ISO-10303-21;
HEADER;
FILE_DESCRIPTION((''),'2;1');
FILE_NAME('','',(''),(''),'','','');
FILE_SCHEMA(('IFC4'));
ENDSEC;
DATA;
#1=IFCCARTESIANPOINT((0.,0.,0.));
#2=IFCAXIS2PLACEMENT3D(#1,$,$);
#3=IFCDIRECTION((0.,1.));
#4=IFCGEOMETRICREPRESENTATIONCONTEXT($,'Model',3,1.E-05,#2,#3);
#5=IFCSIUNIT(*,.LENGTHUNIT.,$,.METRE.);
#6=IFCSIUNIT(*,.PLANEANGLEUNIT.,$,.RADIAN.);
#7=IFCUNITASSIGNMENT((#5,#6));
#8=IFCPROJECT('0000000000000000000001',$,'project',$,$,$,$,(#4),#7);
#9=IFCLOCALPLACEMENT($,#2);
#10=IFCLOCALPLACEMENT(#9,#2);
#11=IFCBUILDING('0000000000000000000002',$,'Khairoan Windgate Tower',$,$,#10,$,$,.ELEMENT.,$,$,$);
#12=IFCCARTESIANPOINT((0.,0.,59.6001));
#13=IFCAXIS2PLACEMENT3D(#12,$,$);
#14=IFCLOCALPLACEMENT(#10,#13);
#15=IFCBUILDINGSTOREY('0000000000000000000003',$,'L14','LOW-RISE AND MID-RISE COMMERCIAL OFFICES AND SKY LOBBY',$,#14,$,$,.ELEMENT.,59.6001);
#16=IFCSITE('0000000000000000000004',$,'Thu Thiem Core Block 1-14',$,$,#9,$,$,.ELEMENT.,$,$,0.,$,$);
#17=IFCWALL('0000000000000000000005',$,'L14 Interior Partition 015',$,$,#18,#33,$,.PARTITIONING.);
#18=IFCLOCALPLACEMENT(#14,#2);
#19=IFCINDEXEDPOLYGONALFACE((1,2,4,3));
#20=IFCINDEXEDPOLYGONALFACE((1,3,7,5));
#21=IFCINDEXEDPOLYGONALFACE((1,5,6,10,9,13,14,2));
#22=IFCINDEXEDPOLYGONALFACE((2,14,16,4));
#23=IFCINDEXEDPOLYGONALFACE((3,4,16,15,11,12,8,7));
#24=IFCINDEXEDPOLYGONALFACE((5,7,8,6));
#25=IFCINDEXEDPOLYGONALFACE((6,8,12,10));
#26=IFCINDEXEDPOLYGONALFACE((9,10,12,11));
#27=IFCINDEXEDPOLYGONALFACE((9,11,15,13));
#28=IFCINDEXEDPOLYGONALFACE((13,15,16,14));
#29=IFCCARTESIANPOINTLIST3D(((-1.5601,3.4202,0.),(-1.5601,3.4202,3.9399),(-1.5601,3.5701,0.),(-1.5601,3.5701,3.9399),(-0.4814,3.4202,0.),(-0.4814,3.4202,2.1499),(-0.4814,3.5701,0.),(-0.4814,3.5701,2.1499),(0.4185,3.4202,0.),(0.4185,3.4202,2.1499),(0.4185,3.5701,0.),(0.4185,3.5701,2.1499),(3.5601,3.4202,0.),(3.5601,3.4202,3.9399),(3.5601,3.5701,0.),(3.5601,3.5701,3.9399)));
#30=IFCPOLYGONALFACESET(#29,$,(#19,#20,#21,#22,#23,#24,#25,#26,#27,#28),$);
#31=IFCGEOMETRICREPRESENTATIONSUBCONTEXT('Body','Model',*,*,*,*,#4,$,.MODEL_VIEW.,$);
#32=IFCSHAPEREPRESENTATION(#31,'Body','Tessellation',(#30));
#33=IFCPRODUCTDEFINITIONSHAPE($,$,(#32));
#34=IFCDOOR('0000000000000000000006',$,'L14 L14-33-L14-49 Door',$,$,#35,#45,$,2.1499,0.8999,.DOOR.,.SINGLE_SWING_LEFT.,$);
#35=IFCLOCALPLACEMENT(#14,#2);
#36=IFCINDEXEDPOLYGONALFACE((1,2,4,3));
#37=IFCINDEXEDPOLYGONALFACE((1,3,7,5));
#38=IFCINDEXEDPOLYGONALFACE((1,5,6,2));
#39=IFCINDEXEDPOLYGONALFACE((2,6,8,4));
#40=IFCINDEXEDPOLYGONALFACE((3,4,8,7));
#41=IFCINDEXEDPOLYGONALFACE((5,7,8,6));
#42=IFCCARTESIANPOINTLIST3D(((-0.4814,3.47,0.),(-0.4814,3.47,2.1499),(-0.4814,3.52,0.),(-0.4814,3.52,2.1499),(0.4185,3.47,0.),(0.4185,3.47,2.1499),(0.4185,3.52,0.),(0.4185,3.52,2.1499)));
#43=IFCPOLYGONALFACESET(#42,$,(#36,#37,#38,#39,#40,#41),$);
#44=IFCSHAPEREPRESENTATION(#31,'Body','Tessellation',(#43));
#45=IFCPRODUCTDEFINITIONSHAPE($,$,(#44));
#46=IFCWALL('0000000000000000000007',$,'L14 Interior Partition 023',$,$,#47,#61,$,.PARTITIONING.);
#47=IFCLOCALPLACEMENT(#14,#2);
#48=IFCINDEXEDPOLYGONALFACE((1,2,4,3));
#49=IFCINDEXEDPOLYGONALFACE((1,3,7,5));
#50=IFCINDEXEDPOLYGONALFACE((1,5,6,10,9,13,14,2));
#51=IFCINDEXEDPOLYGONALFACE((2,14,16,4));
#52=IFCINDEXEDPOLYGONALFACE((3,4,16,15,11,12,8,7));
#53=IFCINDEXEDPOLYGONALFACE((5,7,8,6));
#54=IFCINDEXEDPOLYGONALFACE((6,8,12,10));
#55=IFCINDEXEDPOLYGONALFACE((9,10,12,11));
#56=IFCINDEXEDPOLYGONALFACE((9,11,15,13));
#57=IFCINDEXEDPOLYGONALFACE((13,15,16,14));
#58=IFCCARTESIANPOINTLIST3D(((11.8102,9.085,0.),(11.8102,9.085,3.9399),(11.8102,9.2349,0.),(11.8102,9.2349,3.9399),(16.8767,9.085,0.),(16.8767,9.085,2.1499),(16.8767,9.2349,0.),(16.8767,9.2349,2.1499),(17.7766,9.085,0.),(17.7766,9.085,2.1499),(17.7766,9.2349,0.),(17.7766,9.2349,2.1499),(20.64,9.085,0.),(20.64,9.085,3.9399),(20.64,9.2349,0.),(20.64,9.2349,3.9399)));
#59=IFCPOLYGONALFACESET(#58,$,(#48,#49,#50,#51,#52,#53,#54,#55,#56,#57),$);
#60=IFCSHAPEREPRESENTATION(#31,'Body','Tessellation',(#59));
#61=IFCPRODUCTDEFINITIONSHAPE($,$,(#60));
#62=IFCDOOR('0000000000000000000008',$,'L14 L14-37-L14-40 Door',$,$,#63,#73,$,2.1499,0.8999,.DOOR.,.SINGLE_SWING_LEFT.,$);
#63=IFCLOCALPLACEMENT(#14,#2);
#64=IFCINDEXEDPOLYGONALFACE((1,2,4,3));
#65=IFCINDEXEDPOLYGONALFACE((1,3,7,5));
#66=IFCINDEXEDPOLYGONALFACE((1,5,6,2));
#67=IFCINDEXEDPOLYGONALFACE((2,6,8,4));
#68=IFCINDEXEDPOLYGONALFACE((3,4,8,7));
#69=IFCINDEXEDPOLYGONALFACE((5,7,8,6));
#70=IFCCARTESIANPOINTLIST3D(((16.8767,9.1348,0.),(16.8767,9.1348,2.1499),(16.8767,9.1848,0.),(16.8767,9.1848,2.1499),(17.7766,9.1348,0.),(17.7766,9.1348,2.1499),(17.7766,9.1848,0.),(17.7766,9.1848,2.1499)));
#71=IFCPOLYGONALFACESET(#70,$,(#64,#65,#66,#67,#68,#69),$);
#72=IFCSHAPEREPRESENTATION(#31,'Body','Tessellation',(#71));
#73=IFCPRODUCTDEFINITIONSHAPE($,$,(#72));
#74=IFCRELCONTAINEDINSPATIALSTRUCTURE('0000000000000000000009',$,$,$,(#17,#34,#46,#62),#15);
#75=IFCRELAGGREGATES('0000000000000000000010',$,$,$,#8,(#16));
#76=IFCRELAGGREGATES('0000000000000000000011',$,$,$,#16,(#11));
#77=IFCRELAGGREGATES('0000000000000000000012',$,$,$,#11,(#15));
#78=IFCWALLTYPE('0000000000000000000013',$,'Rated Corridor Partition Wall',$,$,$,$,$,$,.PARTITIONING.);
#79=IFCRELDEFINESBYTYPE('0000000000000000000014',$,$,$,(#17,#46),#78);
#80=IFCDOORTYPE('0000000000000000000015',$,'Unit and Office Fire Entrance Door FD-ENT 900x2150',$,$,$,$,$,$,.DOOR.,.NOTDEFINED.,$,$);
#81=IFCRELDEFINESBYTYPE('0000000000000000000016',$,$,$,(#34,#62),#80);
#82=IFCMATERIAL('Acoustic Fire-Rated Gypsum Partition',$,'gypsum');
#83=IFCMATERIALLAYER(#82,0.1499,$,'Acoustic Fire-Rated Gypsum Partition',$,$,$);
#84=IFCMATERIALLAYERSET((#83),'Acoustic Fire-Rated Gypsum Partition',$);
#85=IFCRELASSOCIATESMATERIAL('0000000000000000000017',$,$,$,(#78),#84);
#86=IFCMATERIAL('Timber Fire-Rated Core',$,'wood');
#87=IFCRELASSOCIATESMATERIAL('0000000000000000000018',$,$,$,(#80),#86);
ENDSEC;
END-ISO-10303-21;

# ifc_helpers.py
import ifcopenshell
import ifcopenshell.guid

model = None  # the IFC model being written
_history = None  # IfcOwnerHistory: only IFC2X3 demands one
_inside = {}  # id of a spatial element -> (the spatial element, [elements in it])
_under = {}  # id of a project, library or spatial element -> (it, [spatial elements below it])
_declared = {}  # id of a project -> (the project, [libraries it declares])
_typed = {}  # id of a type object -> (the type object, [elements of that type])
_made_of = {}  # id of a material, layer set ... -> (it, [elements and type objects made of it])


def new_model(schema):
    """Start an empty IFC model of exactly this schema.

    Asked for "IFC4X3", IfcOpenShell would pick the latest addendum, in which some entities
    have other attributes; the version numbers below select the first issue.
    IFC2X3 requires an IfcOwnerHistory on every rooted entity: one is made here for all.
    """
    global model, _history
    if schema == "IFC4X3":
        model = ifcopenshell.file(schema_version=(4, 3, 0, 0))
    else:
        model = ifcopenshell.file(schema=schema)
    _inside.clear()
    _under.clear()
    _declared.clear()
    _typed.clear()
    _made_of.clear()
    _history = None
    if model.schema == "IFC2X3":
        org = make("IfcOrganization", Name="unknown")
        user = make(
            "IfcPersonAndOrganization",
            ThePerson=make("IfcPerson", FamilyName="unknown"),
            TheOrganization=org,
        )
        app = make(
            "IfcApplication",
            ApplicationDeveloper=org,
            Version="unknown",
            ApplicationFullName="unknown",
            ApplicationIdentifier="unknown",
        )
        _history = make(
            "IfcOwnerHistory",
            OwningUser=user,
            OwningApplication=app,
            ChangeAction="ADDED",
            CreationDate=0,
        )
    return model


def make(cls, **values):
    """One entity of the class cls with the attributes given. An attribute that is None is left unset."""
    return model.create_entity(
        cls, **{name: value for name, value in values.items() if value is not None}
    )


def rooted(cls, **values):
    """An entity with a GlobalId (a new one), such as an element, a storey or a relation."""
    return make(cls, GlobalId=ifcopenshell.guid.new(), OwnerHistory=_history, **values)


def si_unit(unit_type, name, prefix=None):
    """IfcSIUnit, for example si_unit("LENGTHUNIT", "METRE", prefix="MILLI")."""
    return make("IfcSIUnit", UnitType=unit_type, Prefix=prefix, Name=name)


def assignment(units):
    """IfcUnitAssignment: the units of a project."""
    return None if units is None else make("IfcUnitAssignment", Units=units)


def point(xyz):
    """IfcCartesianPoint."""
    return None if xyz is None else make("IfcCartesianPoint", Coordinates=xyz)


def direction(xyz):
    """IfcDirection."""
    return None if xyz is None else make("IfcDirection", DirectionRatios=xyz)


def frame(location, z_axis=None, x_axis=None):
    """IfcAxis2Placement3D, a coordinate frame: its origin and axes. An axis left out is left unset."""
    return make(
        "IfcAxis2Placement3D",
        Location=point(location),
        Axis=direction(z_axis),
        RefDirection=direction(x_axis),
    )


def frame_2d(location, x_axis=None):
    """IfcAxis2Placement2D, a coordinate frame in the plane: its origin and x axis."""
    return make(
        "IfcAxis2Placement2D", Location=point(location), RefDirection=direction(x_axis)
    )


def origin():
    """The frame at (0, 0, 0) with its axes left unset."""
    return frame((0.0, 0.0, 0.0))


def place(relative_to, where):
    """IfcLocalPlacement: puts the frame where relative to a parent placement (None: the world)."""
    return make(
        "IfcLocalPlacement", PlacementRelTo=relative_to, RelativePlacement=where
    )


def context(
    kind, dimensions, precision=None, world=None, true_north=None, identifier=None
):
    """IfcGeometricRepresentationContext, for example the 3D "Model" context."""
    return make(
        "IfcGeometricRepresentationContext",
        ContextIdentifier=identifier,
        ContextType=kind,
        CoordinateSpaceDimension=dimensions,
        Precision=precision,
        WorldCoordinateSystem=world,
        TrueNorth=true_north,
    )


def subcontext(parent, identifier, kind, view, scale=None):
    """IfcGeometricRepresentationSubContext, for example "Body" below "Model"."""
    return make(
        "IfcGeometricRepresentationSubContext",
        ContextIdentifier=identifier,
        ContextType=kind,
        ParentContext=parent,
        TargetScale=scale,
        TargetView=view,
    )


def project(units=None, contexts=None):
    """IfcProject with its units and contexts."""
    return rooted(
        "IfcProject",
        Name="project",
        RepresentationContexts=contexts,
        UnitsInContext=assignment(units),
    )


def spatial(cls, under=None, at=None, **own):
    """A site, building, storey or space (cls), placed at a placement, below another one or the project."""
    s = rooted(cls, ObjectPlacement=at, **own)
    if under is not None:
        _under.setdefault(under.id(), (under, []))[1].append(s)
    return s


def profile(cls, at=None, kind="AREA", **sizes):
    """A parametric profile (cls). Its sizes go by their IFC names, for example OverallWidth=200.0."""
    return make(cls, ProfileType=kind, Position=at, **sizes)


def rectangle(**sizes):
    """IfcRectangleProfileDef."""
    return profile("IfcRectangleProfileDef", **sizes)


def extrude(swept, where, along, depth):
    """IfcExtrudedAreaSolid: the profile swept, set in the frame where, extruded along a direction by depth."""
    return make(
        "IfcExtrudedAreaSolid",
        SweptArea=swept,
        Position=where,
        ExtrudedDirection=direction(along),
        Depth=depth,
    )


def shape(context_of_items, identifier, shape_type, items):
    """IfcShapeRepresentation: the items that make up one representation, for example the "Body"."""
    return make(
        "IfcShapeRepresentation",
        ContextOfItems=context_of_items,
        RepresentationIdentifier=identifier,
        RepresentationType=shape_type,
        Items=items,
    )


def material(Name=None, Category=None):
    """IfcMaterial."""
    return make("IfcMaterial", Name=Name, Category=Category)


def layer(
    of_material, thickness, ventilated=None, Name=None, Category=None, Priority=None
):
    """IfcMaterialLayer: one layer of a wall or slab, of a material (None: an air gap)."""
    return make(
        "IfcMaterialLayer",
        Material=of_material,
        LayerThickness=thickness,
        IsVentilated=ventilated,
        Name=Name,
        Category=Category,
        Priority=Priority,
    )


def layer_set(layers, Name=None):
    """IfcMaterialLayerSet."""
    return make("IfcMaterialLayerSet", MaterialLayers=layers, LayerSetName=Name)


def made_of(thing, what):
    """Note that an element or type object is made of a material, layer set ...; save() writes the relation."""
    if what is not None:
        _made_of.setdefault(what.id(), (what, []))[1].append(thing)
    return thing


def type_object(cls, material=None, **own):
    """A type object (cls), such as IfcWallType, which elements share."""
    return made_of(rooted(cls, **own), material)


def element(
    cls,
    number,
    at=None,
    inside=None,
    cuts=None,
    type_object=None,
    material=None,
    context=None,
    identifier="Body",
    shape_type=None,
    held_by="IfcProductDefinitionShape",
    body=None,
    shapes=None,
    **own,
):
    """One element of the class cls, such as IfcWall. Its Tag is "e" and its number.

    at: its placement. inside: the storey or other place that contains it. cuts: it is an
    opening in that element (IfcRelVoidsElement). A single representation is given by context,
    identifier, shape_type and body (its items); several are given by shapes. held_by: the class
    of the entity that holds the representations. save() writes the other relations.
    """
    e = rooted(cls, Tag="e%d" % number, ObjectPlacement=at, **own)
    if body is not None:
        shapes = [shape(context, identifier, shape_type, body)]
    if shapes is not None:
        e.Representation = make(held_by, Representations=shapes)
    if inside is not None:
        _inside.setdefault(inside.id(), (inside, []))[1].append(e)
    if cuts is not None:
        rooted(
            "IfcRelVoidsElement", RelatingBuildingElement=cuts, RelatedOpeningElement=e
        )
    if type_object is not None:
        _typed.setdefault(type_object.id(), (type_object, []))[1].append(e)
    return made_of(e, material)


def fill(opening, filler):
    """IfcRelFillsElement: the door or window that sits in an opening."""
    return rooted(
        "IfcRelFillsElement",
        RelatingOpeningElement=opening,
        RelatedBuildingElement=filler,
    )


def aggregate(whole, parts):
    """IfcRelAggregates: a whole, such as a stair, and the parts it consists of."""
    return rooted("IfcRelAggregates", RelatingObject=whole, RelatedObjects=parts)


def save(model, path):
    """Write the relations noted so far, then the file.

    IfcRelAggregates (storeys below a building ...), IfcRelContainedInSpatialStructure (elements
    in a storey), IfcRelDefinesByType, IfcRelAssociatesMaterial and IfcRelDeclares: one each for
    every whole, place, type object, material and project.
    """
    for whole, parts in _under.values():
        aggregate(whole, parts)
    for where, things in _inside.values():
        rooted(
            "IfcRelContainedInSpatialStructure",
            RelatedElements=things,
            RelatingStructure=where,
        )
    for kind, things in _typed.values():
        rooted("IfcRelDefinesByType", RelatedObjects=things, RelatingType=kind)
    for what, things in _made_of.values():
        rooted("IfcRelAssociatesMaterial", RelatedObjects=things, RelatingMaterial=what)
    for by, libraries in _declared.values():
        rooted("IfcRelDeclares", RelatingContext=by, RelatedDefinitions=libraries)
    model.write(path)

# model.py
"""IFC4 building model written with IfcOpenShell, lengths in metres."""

from ifc_helpers import new_model, si_unit, direction, frame, frame_2d, origin, place, context, subcontext, project, spatial, rectangle, extrude, material, layer, layer_set, type_object, element, fill, save


model = new_model("IFC4")

# Units and contexts
model_context = context("Model", 3, precision=1e-05, world=origin(), true_north=direction((0.0, 1.0)))
body_context = subcontext(model_context, "Body", "Model", "MODEL_VIEW")
ifc_project = project(units=[si_unit("LENGTHUNIT", "METRE"), si_unit("PLANEANGLEUNIT", "RADIAN")], contexts=[model_context])

# Site, building, storey
site_placement = place(None, origin())
site = spatial("IfcSite", under=ifc_project, at=site_placement, Name="Thu Thiem Core Block 1-14", CompositionType="ELEMENT", RefElevation=0.0)
building_placement = place(site_placement, origin())
building = spatial("IfcBuilding", under=site, at=building_placement, Name="Khairoan Windgate Tower", CompositionType="ELEMENT")
storey_placement = place(building_placement, frame((0.0, 0.0, 59.6001)))
storey = spatial("IfcBuildingStorey", under=building, at=storey_placement, Name="L14", Description="LOW-RISE AND MID-RISE COMMERCIAL OFFICES AND SKY LOBBY", CompositionType="ELEMENT", Elevation=59.6001)

# Walls, openings, doors
ifc_material_1 = material(Name="Acoustic Fire-Rated Gypsum Partition", Category="gypsum")
ifc_layer_1 = layer(ifc_material_1, 0.1499, Name="Acoustic Fire-Rated Gypsum Partition")
ifc_layer_set_1 = layer_set([ifc_layer_1], Name="Acoustic Fire-Rated Gypsum Partition")
wall_type_1 = type_object("IfcWallType", Name="Rated Corridor Partition Wall", PredefinedType="PARTITIONING", material=ifc_layer_set_1)
ifc_material_2 = material(Name="Timber Fire-Rated Core", Category="wood")
door_type = type_object("IfcDoorType", Name="Unit and Office Fire Entrance Door FD-ENT 900x2150", OperationType="NOTDEFINED", PredefinedType="DOOR", material=ifc_material_2)
wall_1_placement = place(storey_placement, frame((-1.5601, 3.4951, 0.0), z_axis=(0.0, 0.0, 1.0), x_axis=(1.0, 0.0, 0.0)))
wall_1 = element("IfcWall", 1, at=wall_1_placement, inside=storey, type_object=wall_type_1, Name="L14 Interior Partition 015", PredefinedType="PARTITIONING", context=body_context, shape_type="SweptSolid", body=[
    extrude(rectangle(XDim=5.1201, YDim=0.1499, at=frame_2d((2.5601, 0.0))), origin(), (0.0, 0.0, 1.0), 3.9399),
])
opening_1_placement = place(wall_1_placement, frame((1.0786, 0.0, 0.0)))
opening_1 = element("IfcOpeningElement", 2, at=opening_1_placement, cuts=wall_1, PredefinedType="OPENING", context=body_context, shape_type="SweptSolid", body=[
    extrude(rectangle(XDim=0.8999, YDim=2.1499, at=frame_2d((0.45, 1.075))), frame((0.0, 0.085, 0.0), z_axis=(0.0, -1.0, 0.0), x_axis=(1.0, 0.0, 0.0)), (0.0, 0.0, 1.0), 0.1699),
])
door_1_placement = place(opening_1_placement, origin())
door_1 = element("IfcDoor", 3, at=door_1_placement, inside=storey, type_object=door_type, Name="L14 L14-33-L14-49 Door", OperationType="SINGLE_SWING_LEFT", OverallHeight=2.1499, OverallWidth=0.8999, PredefinedType="DOOR", context=body_context, shape_type="SweptSolid", body=[
    extrude(rectangle(XDim=0.8999, YDim=2.1499, at=frame_2d((0.45, 1.075))), frame((0.0, 0.0249, 0.0), z_axis=(0.0, -1.0, 0.0), x_axis=(1.0, 0.0, 0.0)), (0.0, 0.0, 1.0), 0.05),
])
fill(opening_1, door_1)
wall_2_placement = place(storey_placement, frame((11.8101, 9.1599, 0.0), z_axis=(0.0, 0.0, 1.0), x_axis=(1.0, 0.0, 0.0)))
wall_2 = element("IfcWall", 4, at=wall_2_placement, inside=storey, type_object=wall_type_1, Name="L14 Interior Partition 023", PredefinedType="PARTITIONING", context=body_context, shape_type="SweptSolid", body=[
    extrude(rectangle(XDim=8.8298, YDim=0.1499, at=frame_2d((4.415, 0.0))), origin(), (0.0, 0.0, 1.0), 3.9399),
])
opening_2_placement = place(wall_2_placement, frame((5.0667, 0.0, 0.0)))
opening_2 = element("IfcOpeningElement", 5, at=opening_2_placement, cuts=wall_2, PredefinedType="OPENING", context=body_context, shape_type="SweptSolid", body=[
    extrude(rectangle(XDim=0.8999, YDim=2.1499, at=frame_2d((0.45, 1.075))), frame((0.0, 0.085, 0.0), z_axis=(0.0, -1.0, 0.0), x_axis=(1.0, 0.0, 0.0)), (0.0, 0.0, 1.0), 0.1699),
])
door_2_placement = place(opening_2_placement, origin())
door_2 = element("IfcDoor", 6, at=door_2_placement, inside=storey, type_object=door_type, Name="L14 L14-37-L14-40 Door", OperationType="SINGLE_SWING_LEFT", OverallHeight=2.1499, OverallWidth=0.8999, PredefinedType="DOOR", context=body_context, shape_type="SweptSolid", body=[
    extrude(rectangle(XDim=0.8999, YDim=2.1499, at=frame_2d((0.45, 1.075))), frame((0.0, 0.0249, 0.0), z_axis=(0.0, -1.0, 0.0), x_axis=(1.0, 0.0, 0.0)), (0.0, 0.0, 1.0), 0.05),
])
fill(opening_2, door_2)

save(model, "model.ifc")
